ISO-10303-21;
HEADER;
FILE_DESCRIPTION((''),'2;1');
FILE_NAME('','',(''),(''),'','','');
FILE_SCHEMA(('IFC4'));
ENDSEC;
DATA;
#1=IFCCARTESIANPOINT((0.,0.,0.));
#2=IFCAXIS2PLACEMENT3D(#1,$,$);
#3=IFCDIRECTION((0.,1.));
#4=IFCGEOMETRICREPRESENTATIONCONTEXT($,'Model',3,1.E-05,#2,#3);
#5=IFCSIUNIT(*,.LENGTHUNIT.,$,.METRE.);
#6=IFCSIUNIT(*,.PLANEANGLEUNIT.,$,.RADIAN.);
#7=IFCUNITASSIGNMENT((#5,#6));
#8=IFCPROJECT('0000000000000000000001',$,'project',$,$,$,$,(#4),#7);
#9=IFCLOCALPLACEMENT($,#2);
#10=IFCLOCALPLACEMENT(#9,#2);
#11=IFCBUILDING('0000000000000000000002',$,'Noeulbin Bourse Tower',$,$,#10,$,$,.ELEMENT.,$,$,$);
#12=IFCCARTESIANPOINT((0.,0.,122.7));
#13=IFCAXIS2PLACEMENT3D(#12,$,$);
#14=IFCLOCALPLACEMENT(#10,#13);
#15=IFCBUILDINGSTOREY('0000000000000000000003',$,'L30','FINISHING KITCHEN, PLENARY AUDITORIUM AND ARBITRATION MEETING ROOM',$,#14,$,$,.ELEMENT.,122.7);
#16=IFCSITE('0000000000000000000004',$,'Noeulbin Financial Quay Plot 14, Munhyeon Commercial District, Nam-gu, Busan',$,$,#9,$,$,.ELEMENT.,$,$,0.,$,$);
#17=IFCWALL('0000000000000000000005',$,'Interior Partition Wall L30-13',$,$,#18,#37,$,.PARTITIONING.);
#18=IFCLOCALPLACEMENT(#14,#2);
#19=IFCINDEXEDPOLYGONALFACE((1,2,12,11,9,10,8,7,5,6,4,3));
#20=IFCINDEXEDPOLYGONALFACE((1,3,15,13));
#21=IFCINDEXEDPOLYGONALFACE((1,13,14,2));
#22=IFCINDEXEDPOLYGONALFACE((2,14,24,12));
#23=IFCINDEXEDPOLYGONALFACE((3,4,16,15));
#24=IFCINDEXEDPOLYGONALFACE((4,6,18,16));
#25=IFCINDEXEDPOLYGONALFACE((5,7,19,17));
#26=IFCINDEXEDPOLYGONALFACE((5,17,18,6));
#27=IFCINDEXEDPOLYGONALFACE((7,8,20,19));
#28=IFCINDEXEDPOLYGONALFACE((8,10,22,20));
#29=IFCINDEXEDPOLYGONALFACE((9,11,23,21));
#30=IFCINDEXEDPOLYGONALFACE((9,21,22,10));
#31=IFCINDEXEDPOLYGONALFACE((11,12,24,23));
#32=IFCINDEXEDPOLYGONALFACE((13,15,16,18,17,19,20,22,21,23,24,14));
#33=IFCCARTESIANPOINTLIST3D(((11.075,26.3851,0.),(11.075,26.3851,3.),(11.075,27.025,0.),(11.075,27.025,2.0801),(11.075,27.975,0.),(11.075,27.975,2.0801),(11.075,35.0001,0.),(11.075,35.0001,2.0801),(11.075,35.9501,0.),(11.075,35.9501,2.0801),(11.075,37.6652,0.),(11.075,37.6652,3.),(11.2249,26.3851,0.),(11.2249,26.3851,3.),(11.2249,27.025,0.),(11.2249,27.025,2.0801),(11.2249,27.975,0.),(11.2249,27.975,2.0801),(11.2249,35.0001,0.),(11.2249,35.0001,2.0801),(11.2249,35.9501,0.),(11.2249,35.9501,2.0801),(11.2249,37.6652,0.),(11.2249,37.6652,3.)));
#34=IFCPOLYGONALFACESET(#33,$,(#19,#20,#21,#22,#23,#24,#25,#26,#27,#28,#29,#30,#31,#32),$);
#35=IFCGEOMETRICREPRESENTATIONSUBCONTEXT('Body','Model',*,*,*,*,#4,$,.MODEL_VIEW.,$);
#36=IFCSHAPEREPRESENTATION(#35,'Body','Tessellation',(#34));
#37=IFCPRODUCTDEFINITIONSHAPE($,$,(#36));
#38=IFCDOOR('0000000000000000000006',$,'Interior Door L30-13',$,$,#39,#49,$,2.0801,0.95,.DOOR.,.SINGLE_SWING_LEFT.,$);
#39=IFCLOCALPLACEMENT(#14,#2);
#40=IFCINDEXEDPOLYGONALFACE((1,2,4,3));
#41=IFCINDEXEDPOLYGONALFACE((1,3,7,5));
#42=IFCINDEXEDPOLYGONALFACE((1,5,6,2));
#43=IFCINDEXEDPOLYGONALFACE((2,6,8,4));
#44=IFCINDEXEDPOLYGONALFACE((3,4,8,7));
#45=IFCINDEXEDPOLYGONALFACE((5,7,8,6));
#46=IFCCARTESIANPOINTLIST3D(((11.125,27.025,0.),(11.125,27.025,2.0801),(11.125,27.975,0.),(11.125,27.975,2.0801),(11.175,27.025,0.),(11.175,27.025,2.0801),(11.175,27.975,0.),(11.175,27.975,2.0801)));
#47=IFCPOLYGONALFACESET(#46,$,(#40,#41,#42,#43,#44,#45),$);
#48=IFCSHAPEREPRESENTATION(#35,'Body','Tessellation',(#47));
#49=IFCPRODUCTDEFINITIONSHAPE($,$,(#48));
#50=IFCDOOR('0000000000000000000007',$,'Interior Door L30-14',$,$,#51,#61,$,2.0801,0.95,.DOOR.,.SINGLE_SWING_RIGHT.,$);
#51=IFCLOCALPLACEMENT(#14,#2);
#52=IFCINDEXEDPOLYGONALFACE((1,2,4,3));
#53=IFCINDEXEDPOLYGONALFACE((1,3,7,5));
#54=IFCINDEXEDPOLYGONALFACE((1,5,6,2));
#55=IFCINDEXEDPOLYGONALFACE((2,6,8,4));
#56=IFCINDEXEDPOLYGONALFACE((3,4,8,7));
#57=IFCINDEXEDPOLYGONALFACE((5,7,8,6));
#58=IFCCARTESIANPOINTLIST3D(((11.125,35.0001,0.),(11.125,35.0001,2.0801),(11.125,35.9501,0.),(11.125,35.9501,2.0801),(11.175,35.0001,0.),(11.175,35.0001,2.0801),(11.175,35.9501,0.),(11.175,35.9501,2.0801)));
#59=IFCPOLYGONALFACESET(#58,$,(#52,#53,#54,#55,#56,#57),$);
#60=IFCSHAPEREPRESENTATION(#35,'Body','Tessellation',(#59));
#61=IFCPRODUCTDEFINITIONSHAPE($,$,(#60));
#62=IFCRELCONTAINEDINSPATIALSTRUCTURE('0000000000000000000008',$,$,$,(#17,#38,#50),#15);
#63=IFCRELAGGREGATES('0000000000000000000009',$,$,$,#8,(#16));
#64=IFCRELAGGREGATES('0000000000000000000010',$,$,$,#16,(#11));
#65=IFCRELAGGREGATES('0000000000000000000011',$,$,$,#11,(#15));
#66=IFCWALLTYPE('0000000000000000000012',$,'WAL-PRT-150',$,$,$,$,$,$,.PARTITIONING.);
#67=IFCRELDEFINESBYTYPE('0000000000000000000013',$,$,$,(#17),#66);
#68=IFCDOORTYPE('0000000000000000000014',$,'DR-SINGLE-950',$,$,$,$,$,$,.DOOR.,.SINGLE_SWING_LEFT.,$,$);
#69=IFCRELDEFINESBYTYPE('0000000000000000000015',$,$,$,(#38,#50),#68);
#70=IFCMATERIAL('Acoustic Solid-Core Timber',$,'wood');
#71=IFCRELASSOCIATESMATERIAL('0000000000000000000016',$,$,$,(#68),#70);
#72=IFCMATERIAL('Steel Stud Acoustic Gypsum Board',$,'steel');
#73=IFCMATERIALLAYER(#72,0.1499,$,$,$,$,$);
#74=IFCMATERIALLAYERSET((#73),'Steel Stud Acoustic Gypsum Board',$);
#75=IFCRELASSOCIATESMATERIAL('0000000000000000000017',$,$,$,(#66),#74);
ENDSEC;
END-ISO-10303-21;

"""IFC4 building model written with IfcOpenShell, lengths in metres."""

from ifc_helpers import new_model, si_unit, direction, frame, frame_2d, origin, place, context, subcontext, project, spatial, rectangle, extrude, material, layer, layer_set, type_object, element, fill, save


model = new_model("IFC4")

# Units and contexts
model_context = context("Model", 3, precision=1e-05, world=origin(), true_north=direction((0.0, 1.0)))
body_context = subcontext(model_context, "Body", "Model", "MODEL_VIEW")
ifc_project = project(units=[si_unit("LENGTHUNIT", "METRE"), si_unit("PLANEANGLEUNIT", "RADIAN")], contexts=[model_context])

# Site, building, storey
site_placement = place(None, origin())
site = spatial("IfcSite", under=ifc_project, at=site_placement, Name="Noeulbin Financial Quay Plot 14, Munhyeon Commercial District, Nam-gu, Busan", CompositionType="ELEMENT", RefElevation=0.0)
building_placement = place(site_placement, origin())
building = spatial("IfcBuilding", under=site, at=building_placement, Name="Noeulbin Bourse Tower", CompositionType="ELEMENT")
storey_placement = place(building_placement, frame((0.0, 0.0, 122.7)))
storey = spatial("IfcBuildingStorey", under=building, at=storey_placement, Name="L30", Description="FINISHING KITCHEN, PLENARY AUDITORIUM AND ARBITRATION MEETING ROOM", CompositionType="ELEMENT", Elevation=122.7)

# Shared definitions
ifc_material_1 = material(Name="Acoustic Solid-Core Timber", Category="wood")
door_type_1 = type_object("IfcDoorType", Name="DR-SINGLE-950", OperationType="SINGLE_SWING_LEFT", PredefinedType="DOOR", material=ifc_material_1)

# Wall, openings, doors
ifc_material_2 = material(Name="Steel Stud Acoustic Gypsum Board", Category="steel")
ifc_layer_1 = layer(ifc_material_2, 0.1499)
ifc_layer_set_1 = layer_set([ifc_layer_1], Name="Steel Stud Acoustic Gypsum Board")
wall_type_1 = type_object("IfcWallType", Name="WAL-PRT-150", PredefinedType="PARTITIONING", material=ifc_layer_set_1)
wall_1_placement = place(storey_placement, frame((11.1499, 26.385, 0.0), z_axis=(0.0, 0.0, 1.0), x_axis=(0.0, 1.0, 0.0)))
wall_1 = element("IfcWall", 1, at=wall_1_placement, inside=storey, type_object=wall_type_1, Name="Interior Partition Wall L30-13", PredefinedType="PARTITIONING", context=body_context, shape_type="SweptSolid", body=[
    extrude(rectangle(XDim=11.28, YDim=0.1499, at=frame_2d((5.6401, 0.0))), origin(), (0.0, 0.0, 1.0), 3.0),
])
opening_1_placement = place(wall_1_placement, frame((0.6399, 0.0, 0.0)))
opening_1 = element("IfcOpeningElement", 2, at=opening_1_placement, cuts=wall_1, PredefinedType="OPENING", context=body_context, shape_type="SweptSolid", body=[
    extrude(rectangle(XDim=0.95, YDim=2.0801, at=frame_2d((0.4751, 1.04))), frame((0.0, 0.085, 0.0), z_axis=(0.0, -1.0, 0.0), x_axis=(1.0, 0.0, 0.0)), (0.0, 0.0, 1.0), 0.1699),
])
opening_2_placement = place(wall_1_placement, frame((8.615, 0.0, 0.0)))
opening_2 = element("IfcOpeningElement", 3, at=opening_2_placement, cuts=wall_1, PredefinedType="OPENING", context=body_context, shape_type="SweptSolid", body=[
    extrude(rectangle(XDim=0.95, YDim=2.0801, at=frame_2d((0.4751, 1.04))), frame((0.0, 0.085, 0.0), z_axis=(0.0, -1.0, 0.0), x_axis=(1.0, 0.0, 0.0)), (0.0, 0.0, 1.0), 0.1699),
])
door_1_placement = place(opening_1_placement, origin())
door_1 = element("IfcDoor", 4, at=door_1_placement, inside=storey, type_object=door_type_1, Name="Interior Door L30-13", OperationType="SINGLE_SWING_LEFT", OverallHeight=2.0801, OverallWidth=0.95, PredefinedType="DOOR", context=body_context, shape_type="SweptSolid", body=[
    extrude(rectangle(XDim=0.95, YDim=2.0801, at=frame_2d((0.4751, 1.04))), frame((0.0, 0.0249, 0.0), z_axis=(0.0, -1.0, 0.0), x_axis=(1.0, 0.0, 0.0)), (0.0, 0.0, 1.0), 0.05),
])
fill(opening_1, door_1)
door_2_placement = place(opening_2_placement, origin())
door_2 = element("IfcDoor", 5, at=door_2_placement, inside=storey, type_object=door_type_1, Name="Interior Door L30-14", OperationType="SINGLE_SWING_RIGHT", OverallHeight=2.0801, OverallWidth=0.95, PredefinedType="DOOR", context=body_context, shape_type="SweptSolid", body=[
    extrude(rectangle(XDim=0.95, YDim=2.0801, at=frame_2d((0.4751, 1.04))), frame((0.0, 0.0249, 0.0), z_axis=(0.0, -1.0, 0.0), x_axis=(1.0, 0.0, 0.0)), (0.0, 0.0, 1.0), 0.05),
])
fill(opening_2, door_2)

save(model, "model.ifc")
